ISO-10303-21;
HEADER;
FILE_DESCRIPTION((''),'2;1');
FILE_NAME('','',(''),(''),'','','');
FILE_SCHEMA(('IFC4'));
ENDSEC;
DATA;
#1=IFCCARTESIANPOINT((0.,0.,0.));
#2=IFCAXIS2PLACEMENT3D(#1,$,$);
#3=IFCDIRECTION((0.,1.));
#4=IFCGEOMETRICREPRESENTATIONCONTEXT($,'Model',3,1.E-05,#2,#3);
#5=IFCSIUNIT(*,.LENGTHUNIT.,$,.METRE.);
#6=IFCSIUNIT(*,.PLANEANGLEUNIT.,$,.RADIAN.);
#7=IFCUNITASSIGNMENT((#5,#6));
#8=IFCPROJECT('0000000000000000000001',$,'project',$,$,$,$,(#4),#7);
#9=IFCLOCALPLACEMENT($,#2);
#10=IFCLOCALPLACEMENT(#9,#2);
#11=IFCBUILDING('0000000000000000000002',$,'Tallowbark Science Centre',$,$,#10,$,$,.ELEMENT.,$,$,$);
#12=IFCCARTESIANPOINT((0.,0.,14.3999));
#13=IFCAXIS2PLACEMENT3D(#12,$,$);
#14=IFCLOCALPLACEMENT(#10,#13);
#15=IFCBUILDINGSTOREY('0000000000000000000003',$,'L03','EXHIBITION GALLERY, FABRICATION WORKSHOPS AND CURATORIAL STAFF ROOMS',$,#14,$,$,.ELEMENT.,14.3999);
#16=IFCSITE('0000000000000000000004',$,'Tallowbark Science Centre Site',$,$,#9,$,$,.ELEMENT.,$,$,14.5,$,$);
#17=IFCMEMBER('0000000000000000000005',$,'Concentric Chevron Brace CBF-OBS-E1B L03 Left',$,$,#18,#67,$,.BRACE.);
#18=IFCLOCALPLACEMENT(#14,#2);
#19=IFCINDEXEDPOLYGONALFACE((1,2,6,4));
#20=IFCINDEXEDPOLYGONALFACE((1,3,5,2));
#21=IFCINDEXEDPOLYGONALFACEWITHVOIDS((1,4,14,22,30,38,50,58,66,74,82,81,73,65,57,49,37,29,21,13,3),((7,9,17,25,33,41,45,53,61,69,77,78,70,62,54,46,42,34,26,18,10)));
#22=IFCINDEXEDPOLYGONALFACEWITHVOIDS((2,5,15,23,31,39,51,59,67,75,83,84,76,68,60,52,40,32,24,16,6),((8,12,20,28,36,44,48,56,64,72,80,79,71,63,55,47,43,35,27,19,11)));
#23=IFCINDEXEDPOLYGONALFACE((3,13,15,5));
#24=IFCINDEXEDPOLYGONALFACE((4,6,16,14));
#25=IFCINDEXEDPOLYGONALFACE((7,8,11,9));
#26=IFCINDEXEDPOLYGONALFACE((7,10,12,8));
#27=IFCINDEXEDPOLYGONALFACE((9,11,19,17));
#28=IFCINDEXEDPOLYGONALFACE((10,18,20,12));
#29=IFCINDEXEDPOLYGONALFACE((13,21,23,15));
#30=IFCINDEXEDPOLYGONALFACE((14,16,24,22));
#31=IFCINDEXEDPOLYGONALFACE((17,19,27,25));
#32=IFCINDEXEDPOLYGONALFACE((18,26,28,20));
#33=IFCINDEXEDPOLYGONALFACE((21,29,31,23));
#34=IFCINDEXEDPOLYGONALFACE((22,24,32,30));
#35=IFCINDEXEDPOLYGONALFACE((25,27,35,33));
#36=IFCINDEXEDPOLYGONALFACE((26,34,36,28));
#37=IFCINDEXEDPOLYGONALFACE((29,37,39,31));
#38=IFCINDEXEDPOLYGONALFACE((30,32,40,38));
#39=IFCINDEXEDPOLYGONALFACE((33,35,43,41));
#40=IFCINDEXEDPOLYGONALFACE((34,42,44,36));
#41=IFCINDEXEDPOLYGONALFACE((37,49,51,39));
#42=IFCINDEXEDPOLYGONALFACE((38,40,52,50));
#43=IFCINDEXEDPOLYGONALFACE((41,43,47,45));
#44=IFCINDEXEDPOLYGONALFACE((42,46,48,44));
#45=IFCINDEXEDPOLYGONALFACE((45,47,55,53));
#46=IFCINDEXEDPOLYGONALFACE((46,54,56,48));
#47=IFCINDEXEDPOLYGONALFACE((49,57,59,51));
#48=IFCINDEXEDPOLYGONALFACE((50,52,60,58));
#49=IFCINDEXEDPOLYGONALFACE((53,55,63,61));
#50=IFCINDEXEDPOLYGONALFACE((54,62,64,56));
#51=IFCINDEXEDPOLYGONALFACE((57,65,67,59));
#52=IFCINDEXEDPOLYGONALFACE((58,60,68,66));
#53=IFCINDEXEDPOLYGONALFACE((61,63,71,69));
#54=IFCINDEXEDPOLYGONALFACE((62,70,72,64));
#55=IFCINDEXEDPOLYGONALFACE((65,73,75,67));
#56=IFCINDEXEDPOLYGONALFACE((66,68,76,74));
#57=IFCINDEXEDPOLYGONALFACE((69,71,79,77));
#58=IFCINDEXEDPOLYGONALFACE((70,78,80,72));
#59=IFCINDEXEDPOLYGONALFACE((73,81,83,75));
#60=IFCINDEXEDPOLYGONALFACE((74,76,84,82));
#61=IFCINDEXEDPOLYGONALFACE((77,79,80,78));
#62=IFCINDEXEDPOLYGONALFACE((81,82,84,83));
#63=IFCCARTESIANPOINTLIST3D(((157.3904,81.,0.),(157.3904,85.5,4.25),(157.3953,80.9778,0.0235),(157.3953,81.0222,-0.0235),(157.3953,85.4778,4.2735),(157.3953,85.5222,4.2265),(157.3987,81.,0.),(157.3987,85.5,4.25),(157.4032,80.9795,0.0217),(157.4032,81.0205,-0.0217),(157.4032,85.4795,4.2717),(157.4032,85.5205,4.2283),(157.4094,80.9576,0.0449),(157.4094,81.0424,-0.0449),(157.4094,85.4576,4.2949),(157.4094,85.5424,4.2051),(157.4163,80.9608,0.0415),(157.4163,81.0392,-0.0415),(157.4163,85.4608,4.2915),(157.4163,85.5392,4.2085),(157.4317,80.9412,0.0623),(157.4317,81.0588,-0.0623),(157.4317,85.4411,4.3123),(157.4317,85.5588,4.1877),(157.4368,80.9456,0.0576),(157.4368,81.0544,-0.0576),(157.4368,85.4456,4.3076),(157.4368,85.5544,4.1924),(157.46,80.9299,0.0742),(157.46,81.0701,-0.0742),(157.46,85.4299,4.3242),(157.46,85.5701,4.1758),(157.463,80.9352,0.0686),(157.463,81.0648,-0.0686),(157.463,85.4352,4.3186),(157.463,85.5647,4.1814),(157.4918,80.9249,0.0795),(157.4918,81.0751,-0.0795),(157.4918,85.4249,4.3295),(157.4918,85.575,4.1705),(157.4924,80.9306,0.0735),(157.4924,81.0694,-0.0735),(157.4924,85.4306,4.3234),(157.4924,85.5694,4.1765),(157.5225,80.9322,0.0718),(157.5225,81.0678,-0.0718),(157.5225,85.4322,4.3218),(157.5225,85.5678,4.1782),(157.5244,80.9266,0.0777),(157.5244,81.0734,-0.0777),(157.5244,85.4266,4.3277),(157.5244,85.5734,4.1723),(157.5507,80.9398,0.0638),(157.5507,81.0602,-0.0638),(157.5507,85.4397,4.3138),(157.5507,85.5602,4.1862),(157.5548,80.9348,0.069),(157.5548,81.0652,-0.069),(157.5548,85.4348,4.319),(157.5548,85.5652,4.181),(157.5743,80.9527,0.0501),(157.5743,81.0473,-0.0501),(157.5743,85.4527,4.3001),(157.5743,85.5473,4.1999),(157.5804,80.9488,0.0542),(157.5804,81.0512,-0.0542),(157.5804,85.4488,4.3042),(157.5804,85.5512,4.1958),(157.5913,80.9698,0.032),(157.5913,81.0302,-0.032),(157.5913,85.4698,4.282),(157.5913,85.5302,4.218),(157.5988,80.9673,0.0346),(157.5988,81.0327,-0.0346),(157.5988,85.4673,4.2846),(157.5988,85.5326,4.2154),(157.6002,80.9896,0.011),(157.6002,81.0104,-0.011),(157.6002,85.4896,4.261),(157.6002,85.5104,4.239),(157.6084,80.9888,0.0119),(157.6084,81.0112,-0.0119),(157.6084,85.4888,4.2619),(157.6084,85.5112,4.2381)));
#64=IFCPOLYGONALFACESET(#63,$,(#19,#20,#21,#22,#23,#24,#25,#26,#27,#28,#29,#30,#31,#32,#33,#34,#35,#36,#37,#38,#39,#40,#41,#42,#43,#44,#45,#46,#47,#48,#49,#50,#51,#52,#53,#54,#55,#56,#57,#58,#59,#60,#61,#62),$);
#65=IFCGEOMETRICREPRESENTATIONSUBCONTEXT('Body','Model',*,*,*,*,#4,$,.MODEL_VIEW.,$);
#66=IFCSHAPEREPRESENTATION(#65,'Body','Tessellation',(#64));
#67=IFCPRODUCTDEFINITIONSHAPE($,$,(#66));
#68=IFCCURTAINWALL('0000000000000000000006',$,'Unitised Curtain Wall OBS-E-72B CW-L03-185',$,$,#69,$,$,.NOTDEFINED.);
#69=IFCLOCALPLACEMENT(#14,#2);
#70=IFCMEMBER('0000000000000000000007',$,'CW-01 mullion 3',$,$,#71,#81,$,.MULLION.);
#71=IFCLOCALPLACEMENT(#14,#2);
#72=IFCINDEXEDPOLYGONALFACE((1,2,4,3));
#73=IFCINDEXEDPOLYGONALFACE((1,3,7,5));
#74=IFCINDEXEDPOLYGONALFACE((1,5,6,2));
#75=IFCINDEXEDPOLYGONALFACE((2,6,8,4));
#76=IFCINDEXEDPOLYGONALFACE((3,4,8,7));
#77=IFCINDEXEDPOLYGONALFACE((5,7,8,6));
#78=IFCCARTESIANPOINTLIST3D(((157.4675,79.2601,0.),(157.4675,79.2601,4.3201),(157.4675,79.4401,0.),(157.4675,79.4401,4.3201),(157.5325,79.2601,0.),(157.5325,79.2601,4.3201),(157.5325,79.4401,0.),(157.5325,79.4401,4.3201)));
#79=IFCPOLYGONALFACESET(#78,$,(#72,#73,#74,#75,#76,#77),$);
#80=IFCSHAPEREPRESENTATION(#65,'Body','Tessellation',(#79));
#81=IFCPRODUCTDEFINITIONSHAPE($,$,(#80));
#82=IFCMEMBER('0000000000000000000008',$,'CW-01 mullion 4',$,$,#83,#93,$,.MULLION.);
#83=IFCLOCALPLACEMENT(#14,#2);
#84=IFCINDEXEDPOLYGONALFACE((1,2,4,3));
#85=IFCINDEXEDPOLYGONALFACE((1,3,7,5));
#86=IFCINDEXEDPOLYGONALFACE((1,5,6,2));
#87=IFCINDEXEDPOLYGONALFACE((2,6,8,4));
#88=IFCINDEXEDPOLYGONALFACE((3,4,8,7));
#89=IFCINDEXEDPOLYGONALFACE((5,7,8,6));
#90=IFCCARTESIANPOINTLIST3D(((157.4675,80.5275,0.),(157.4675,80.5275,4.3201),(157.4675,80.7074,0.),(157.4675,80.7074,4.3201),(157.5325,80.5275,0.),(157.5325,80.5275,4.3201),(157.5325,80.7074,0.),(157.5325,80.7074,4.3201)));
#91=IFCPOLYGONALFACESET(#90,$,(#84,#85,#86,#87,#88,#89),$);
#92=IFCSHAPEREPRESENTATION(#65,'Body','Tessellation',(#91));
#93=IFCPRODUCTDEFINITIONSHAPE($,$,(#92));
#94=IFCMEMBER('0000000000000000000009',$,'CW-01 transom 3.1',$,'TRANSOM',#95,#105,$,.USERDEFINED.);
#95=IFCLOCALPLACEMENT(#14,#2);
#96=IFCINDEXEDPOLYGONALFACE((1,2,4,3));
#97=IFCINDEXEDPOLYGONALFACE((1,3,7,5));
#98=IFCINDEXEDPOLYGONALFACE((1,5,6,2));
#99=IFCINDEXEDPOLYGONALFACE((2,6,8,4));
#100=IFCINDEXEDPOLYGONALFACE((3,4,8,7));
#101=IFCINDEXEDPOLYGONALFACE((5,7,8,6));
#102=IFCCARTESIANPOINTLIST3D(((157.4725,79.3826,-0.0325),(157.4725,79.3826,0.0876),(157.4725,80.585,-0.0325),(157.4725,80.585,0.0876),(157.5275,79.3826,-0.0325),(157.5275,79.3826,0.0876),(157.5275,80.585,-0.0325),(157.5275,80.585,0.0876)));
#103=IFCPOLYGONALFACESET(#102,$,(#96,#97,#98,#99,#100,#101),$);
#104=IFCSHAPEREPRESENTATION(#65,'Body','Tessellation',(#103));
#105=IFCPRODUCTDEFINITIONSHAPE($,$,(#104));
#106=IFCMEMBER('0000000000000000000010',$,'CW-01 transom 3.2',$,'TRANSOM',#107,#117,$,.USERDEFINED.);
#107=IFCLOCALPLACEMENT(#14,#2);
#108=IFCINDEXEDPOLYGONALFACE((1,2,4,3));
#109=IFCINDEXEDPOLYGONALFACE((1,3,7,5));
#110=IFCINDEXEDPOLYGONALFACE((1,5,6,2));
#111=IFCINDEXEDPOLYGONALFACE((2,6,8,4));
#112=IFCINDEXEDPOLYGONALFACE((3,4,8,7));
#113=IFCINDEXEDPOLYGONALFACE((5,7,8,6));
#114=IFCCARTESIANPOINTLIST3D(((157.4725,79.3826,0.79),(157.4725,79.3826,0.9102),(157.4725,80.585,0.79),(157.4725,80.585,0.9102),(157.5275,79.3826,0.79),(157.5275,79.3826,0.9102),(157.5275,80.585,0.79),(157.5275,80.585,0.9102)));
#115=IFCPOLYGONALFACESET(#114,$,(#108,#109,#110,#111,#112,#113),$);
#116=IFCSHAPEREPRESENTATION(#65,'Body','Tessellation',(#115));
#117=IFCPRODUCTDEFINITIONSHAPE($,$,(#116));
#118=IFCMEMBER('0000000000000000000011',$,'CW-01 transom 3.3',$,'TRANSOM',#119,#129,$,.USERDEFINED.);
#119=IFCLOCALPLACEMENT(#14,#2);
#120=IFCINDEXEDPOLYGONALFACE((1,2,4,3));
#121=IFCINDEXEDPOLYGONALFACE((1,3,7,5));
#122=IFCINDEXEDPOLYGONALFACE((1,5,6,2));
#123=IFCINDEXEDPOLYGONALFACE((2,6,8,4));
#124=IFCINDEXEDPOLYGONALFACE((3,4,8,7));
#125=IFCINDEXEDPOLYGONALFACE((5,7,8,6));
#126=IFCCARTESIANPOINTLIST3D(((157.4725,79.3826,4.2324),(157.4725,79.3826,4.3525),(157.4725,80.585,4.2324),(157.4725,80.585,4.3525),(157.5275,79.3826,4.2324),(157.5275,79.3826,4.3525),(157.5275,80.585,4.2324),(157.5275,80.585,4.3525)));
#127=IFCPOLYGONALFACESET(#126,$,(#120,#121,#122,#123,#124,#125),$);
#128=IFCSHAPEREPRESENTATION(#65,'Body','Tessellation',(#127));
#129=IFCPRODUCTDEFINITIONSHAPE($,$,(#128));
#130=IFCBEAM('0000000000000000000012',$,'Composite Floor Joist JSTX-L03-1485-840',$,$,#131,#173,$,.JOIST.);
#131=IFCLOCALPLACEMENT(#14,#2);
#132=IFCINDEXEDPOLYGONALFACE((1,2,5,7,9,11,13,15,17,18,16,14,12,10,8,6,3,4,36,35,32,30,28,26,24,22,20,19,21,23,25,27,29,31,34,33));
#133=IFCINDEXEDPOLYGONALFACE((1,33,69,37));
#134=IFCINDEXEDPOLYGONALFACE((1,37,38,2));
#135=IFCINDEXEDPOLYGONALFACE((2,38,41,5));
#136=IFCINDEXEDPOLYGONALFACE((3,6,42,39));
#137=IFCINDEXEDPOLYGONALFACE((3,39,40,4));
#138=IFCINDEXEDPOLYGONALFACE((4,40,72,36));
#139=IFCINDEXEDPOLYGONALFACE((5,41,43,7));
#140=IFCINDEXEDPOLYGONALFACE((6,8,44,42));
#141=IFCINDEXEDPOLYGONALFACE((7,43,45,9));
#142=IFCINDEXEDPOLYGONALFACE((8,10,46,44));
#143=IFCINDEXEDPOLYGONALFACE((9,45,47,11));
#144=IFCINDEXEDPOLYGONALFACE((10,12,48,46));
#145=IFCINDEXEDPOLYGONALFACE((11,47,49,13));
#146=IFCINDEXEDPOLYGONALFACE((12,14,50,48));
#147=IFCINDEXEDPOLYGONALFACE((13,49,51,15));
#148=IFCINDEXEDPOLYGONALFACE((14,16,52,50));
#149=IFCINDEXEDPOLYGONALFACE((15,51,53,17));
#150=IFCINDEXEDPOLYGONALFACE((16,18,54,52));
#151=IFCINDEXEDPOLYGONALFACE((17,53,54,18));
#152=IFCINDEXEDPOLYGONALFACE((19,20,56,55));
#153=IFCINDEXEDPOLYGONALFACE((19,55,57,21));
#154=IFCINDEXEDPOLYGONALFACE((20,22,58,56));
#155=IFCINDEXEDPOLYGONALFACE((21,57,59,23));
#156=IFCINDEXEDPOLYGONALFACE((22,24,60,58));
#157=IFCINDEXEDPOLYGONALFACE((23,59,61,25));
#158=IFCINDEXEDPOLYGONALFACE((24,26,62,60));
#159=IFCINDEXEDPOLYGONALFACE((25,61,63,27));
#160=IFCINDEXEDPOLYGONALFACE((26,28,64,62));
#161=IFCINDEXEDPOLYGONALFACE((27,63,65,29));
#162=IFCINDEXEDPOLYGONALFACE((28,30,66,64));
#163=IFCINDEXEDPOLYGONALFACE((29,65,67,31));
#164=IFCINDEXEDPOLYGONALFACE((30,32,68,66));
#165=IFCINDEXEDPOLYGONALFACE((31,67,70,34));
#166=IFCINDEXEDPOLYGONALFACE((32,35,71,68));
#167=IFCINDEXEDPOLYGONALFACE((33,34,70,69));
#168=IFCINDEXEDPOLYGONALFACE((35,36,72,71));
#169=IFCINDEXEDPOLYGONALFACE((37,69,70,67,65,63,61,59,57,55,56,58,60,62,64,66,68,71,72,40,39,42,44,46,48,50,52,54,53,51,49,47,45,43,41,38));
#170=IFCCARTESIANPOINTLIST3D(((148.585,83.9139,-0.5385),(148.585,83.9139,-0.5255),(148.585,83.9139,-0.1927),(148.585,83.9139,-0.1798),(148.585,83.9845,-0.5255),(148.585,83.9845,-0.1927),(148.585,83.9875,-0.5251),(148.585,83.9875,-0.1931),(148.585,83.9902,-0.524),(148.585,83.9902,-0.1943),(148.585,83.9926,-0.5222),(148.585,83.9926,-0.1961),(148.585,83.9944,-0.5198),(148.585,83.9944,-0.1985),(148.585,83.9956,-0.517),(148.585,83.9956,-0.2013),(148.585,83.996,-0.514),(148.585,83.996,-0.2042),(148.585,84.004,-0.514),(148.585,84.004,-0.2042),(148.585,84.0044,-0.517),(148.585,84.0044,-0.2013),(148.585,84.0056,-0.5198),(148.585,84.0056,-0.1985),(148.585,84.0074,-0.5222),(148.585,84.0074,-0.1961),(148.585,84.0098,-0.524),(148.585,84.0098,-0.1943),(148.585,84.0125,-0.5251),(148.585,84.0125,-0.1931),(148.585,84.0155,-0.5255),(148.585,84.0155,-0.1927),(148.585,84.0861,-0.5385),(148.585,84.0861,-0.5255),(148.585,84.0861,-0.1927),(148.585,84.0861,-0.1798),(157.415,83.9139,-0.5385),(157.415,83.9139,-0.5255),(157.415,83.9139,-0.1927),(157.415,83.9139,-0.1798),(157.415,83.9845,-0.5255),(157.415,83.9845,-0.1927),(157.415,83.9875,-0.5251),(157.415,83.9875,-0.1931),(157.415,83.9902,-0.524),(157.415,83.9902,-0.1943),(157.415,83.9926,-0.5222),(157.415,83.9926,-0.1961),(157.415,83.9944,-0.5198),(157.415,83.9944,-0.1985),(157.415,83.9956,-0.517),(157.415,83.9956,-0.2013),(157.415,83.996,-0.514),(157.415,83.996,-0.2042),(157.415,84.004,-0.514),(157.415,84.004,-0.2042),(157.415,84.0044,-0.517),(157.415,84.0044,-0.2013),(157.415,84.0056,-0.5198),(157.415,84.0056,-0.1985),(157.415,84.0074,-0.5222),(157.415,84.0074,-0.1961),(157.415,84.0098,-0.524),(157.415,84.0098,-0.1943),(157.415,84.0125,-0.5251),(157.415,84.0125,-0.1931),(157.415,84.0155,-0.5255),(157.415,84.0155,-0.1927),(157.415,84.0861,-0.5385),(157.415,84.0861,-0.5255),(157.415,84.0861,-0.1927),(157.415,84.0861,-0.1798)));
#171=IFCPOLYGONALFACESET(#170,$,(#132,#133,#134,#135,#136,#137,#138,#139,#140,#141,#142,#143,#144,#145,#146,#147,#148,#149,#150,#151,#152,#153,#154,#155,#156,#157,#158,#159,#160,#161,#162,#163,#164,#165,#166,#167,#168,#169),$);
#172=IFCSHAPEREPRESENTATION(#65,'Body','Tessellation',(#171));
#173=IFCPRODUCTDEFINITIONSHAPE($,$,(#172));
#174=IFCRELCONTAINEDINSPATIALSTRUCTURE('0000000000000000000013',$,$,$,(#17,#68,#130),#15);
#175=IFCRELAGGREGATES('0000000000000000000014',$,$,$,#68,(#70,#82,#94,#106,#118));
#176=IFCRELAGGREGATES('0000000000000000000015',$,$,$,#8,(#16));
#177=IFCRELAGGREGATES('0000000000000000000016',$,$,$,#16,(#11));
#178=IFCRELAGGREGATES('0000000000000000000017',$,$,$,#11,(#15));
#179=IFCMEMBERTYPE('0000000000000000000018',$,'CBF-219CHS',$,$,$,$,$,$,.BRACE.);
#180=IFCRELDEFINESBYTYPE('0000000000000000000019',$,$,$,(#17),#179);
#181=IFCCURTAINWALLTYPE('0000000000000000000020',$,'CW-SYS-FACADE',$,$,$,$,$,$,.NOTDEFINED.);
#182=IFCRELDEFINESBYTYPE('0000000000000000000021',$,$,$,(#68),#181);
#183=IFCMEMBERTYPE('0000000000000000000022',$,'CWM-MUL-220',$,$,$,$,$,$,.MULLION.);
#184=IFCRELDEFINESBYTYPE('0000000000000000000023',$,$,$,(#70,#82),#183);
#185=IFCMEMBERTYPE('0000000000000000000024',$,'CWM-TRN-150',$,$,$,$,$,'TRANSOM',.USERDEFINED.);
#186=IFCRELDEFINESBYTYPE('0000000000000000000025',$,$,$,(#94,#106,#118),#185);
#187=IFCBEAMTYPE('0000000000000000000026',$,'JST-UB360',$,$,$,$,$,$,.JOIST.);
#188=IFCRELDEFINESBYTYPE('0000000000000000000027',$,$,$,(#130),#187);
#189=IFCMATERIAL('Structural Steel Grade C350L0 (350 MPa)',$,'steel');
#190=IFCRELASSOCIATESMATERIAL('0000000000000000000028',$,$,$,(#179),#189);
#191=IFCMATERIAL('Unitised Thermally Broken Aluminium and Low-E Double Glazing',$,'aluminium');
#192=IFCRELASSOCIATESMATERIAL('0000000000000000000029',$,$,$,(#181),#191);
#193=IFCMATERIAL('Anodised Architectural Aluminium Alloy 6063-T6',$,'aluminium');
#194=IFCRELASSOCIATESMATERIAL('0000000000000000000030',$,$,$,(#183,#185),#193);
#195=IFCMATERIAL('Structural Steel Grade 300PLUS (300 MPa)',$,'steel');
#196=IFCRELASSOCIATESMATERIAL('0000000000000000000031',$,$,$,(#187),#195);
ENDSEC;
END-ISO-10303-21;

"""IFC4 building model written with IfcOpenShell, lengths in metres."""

from ifc_helpers import new_model, si_unit, direction, frame, origin, origin_2d, place, context, subcontext, project, spatial, rectangle, hollow_circle, i_section, extrude, material, material_profile, profile_set, type_object, element, aggregate, save


model = new_model("IFC4")

# Units and contexts
model_context = context("Model", 3, precision=1e-05, world=origin(), true_north=direction((0.0, 1.0)))
body_context = subcontext(model_context, "Body", "Model", "MODEL_VIEW")
ifc_project = project(units=[si_unit("LENGTHUNIT", "METRE"), si_unit("PLANEANGLEUNIT", "RADIAN")], contexts=[model_context])

# Site, building, storey
site_placement = place(None, origin())
site = spatial("IfcSite", under=ifc_project, at=site_placement, Name="Tallowbark Science Centre Site", CompositionType="ELEMENT", RefElevation=14.5)
building_placement = place(site_placement, origin())
building = spatial("IfcBuilding", under=site, at=building_placement, Name="Tallowbark Science Centre", CompositionType="ELEMENT")
storey_placement = place(building_placement, frame((0.0, 0.0, 14.3999)))
storey = spatial("IfcBuildingStorey", under=building, at=storey_placement, Name="L03", Description="EXHIBITION GALLERY, FABRICATION WORKSHOPS AND CURATORIAL STAFF ROOMS", CompositionType="ELEMENT", Elevation=14.3999)

# Shared definitions
ifc_material_1 = material(Name="Structural Steel Grade 300PLUS (300 MPa)", Category="steel")

# Member
ifc_material_2 = material(Name="Structural Steel Grade C350L0 (350 MPa)", Category="steel")
ifc_material_profile_1 = material_profile(ifc_material_2, hollow_circle(Radius=0.1096, WallThickness=0.0083, at=origin_2d()), Name="219.1x8.2CHS")
ifc_profile_set_1 = profile_set([ifc_material_profile_1], Name="Structural Steel Grade C350L0 (350 MPa)")
member_type_1 = type_object("IfcMemberType", Name="CBF-219CHS", PredefinedType="BRACE", material=ifc_profile_set_1)
member_1_placement = place(storey_placement, frame((157.5, 81.0, 0.0), z_axis=(0.0, 0.727013, 0.686624), x_axis=(-1.0, 0.0, 0.0)))
element("IfcMember", 1, at=member_1_placement, inside=storey, type_object=member_type_1, Name="Concentric Chevron Brace CBF-OBS-E1B L03 Left", PredefinedType="BRACE", context=body_context, shape_type="SweptSolid", body=[
    extrude(hollow_circle(Radius=0.1096, WallThickness=0.0083, at=origin_2d()), origin(), (0.0, 0.0, 1.0), 6.1897),
])

# Curtain wall, members
ifc_material_3 = material(Name="Unitised Thermally Broken Aluminium and Low-E Double Glazing", Category="aluminium")
curtain_wall_type = type_object("IfcCurtainWallType", Name="CW-SYS-FACADE", PredefinedType="NOTDEFINED", material=ifc_material_3)
curtain_wall_placement = place(storey_placement, origin())
curtain_wall = element("IfcCurtainWall", 2, at=curtain_wall_placement, inside=storey, type_object=curtain_wall_type, Name="Unitised Curtain Wall OBS-E-72B CW-L03-185", PredefinedType="NOTDEFINED")
ifc_material_4 = material(Name="Anodised Architectural Aluminium Alloy 6063-T6", Category="aluminium")
ifc_material_profile_2 = material_profile(ifc_material_4, rectangle(XDim=0.0649, YDim=0.1799, at=origin_2d()), Name="ALU65x180")
ifc_profile_set_2 = profile_set([ifc_material_profile_2], Name="Anodised Architectural Aluminium Alloy 6063-T6")
member_type_2 = type_object("IfcMemberType", Name="CWM-MUL-220", PredefinedType="MULLION", material=ifc_profile_set_2)
member_2_placement = place(storey_placement, frame((157.5, 79.3501, 0.0), z_axis=(0.0, 0.0, 1.0), x_axis=(-1.0, 0.0, 0.0)))
member_2 = element("IfcMember", 3, at=member_2_placement, type_object=member_type_2, Name="CW-01 mullion 3", PredefinedType="MULLION", context=body_context, shape_type="SweptSolid", body=[
    extrude(rectangle(XDim=0.0649, YDim=0.1799, at=origin_2d()), origin(), (0.0, 0.0, 1.0), 4.3201),
])
member_3_placement = place(storey_placement, frame((157.5, 80.6174, 0.0), z_axis=(0.0, 0.0, 1.0), x_axis=(-1.0, 0.0, 0.0)))
member_3 = element("IfcMember", 4, at=member_3_placement, type_object=member_type_2, Name="CW-01 mullion 4", PredefinedType="MULLION", context=body_context, shape_type="SweptSolid", body=[
    extrude(rectangle(XDim=0.0649, YDim=0.1799, at=origin_2d()), origin(), (0.0, 0.0, 1.0), 4.3201),
])
ifc_material_profile_3 = material_profile(ifc_material_4, rectangle(XDim=0.0549, YDim=0.1201, at=origin_2d()), Name="ALU55x120")
ifc_profile_set_3 = profile_set([ifc_material_profile_3], Name="Anodised Architectural Aluminium Alloy 6063-T6")
member_type_3 = type_object("IfcMemberType", Name="CWM-TRN-150", ElementType="TRANSOM", PredefinedType="USERDEFINED", material=ifc_profile_set_3)
member_4_placement = place(storey_placement, frame((157.5, 79.3826, 0.0276), z_axis=(0.0, 1.0, 0.0), x_axis=(-1.0, 0.0, 0.0)))
member_4 = element("IfcMember", 5, at=member_4_placement, type_object=member_type_3, Name="CW-01 transom 3.1", ObjectType="TRANSOM", PredefinedType="USERDEFINED", context=body_context, shape_type="SweptSolid", body=[
    extrude(rectangle(XDim=0.0549, YDim=0.1201, at=origin_2d()), origin(), (0.0, 0.0, 1.0), 1.2024),
])
member_5_placement = place(storey_placement, frame((157.5, 79.3826, 0.8501), z_axis=(0.0, 1.0, 0.0), x_axis=(-1.0, 0.0, 0.0)))
member_5 = element("IfcMember", 6, at=member_5_placement, type_object=member_type_3, Name="CW-01 transom 3.2", ObjectType="TRANSOM", PredefinedType="USERDEFINED", context=body_context, shape_type="SweptSolid", body=[
    extrude(rectangle(XDim=0.0549, YDim=0.1201, at=origin_2d()), origin(), (0.0, 0.0, 1.0), 1.2024),
])
member_6_placement = place(storey_placement, frame((157.5, 79.3826, 4.2925), z_axis=(0.0, 1.0, 0.0), x_axis=(-1.0, 0.0, 0.0)))
member_6 = element("IfcMember", 7, at=member_6_placement, type_object=member_type_3, Name="CW-01 transom 3.3", ObjectType="TRANSOM", PredefinedType="USERDEFINED", context=body_context, shape_type="SweptSolid", body=[
    extrude(rectangle(XDim=0.0549, YDim=0.1201, at=origin_2d()), origin(), (0.0, 0.0, 1.0), 1.2024),
])

# Beam
ifc_material_profile_4 = material_profile(ifc_material_1, i_section(OverallWidth=0.1721, OverallDepth=0.3586, WebThickness=0.0081, FlangeThickness=0.0129, FilletRadius=0.0115, at=origin_2d()), Name="360UB56.7")
ifc_profile_set_4 = profile_set([ifc_material_profile_4], Name="Structural Steel Grade 300PLUS (300 MPa)")
beam_type_1 = type_object("IfcBeamType", Name="JST-UB360", PredefinedType="JOIST", material=ifc_profile_set_4)
for number, where, z_axis, x_axis, name in (
    (8, (148.585, 84.0, -0.3591), (1.0, 0.0, 0.0), (0.0, 1.0, 0.0), "Composite Floor Joist JSTX-L03-1485-840"),
):
    element("IfcBeam", number, at=place(storey_placement, frame(where, z_axis=z_axis, x_axis=x_axis)), inside=storey, type_object=beam_type_1, Name=name, PredefinedType="JOIST", context=body_context, shape_type="SweptSolid", body=[
        extrude(i_section(OverallWidth=0.1721, OverallDepth=0.3586, WebThickness=0.0081, FlangeThickness=0.0129, FilletRadius=0.0115, at=origin_2d()), origin(), (0.0, 0.0, 1.0), 8.8301),
    ])

aggregate(curtain_wall, [member_2, member_3, member_4, member_5, member_6])

save(model, "model.ifc")
